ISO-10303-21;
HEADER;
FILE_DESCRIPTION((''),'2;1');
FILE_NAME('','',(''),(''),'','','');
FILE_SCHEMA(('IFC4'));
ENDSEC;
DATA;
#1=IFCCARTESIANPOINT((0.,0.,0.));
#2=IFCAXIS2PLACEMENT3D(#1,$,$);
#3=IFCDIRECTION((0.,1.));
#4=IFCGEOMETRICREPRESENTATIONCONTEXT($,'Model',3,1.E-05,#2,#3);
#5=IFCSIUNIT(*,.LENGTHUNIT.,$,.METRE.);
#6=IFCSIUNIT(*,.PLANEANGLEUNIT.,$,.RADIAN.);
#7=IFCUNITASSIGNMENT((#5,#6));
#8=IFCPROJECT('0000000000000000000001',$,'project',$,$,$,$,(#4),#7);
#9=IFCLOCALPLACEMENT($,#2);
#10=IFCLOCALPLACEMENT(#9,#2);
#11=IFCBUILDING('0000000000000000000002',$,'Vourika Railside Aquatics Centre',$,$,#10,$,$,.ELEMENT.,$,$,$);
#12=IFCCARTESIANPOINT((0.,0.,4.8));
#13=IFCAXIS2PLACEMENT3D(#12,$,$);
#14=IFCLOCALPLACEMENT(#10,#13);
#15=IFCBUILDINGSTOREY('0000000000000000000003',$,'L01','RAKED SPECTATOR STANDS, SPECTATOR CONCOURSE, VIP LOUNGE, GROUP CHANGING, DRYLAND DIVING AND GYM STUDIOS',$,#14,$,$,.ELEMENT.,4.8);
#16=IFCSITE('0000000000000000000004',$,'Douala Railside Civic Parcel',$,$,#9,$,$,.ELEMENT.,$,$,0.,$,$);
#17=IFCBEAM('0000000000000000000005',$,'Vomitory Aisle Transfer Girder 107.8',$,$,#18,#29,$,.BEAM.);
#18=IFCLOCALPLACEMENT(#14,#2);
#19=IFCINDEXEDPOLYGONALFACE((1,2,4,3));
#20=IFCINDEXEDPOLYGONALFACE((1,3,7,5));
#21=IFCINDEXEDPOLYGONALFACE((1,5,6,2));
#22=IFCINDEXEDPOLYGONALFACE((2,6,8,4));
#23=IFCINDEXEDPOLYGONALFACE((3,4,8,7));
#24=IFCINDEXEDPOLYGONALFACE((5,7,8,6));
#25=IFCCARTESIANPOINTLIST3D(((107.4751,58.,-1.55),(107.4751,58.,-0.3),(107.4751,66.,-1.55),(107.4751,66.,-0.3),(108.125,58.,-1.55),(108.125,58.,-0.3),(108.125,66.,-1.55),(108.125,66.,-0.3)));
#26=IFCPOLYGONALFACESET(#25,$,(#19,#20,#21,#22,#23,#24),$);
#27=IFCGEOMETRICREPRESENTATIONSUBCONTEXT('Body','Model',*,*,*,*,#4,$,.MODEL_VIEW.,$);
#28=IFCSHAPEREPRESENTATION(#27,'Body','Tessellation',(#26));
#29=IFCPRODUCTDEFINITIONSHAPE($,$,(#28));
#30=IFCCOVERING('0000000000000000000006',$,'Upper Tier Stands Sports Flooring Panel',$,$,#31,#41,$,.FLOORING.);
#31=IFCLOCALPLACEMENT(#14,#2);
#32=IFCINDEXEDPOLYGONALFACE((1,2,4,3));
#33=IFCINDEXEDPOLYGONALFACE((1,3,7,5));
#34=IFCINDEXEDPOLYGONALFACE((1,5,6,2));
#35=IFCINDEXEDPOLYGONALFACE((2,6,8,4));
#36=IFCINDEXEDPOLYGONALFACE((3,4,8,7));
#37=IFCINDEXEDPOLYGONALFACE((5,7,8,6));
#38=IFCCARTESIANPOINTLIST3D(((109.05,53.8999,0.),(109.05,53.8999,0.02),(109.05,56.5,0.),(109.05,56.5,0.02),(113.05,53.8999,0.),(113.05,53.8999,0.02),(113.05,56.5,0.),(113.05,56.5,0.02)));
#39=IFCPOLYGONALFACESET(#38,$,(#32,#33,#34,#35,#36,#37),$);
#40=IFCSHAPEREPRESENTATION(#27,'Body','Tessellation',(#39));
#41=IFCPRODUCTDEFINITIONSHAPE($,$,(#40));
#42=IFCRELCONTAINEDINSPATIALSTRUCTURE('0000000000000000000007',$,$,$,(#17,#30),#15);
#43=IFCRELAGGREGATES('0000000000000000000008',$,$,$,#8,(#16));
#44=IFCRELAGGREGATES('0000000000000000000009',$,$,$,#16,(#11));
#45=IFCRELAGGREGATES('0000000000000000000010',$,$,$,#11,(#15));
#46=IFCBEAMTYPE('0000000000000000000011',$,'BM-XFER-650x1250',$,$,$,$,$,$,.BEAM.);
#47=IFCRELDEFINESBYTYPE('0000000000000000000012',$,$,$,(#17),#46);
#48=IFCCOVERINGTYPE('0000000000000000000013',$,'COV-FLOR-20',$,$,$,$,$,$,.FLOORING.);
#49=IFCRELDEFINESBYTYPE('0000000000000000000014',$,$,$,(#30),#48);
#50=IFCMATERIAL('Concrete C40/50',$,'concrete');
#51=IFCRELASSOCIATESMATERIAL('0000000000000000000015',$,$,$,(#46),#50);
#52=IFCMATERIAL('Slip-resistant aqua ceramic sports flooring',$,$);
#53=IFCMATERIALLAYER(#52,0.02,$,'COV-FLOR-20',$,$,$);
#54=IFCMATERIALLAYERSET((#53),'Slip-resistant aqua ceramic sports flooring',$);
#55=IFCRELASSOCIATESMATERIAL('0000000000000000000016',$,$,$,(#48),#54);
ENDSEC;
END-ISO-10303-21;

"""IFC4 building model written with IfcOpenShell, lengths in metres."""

from ifc_helpers import new_model, si_unit, direction, frame, origin, origin_2d, place, context, subcontext, project, spatial, rectangle, extrude, material, layer, layer_set, material_profile, profile_set, type_object, element, save


model = new_model("IFC4")

# Units and contexts
model_context = context("Model", 3, precision=1e-05, world=origin(), true_north=direction((0.0, 1.0)))
body_context = subcontext(model_context, "Body", "Model", "MODEL_VIEW")
ifc_project = project(units=[si_unit("LENGTHUNIT", "METRE"), si_unit("PLANEANGLEUNIT", "RADIAN")], contexts=[model_context])

# Site, building, storey
site_placement = place(None, origin())
site = spatial("IfcSite", under=ifc_project, at=site_placement, Name="Douala Railside Civic Parcel", CompositionType="ELEMENT", RefElevation=0.0)
building_placement = place(site_placement, origin())
building = spatial("IfcBuilding", under=site, at=building_placement, Name="Vourika Railside Aquatics Centre", CompositionType="ELEMENT")
storey_placement = place(building_placement, frame((0.0, 0.0, 4.8)))
storey = spatial("IfcBuildingStorey", under=building, at=storey_placement, Name="L01", Description="RAKED SPECTATOR STANDS, SPECTATOR CONCOURSE, VIP LOUNGE, GROUP CHANGING, DRYLAND DIVING AND GYM STUDIOS", CompositionType="ELEMENT", Elevation=4.8)

# Shared definitions
ifc_material_1 = material(Name="Concrete C40/50", Category="concrete")

# Beam
ifc_material_profile_1 = material_profile(ifc_material_1, rectangle(XDim=0.6499, YDim=1.25, at=origin_2d()), Name="RC 650x1250")
ifc_profile_set_1 = profile_set([ifc_material_profile_1], Name="Concrete C40/50")
beam_type_1 = type_object("IfcBeamType", Name="BM-XFER-650x1250", PredefinedType="BEAM", material=ifc_profile_set_1)
for number, where, z_axis, x_axis, name in (
    (1, (107.8, 58.0, -0.925), (0.0, 1.0, 0.0), (-1.0, 0.0, 0.0), "Vomitory Aisle Transfer Girder 107.8"),
):
    element("IfcBeam", number, at=place(storey_placement, frame(where, z_axis=z_axis, x_axis=x_axis)), inside=storey, type_object=beam_type_1, Name=name, PredefinedType="BEAM", context=body_context, shape_type="SweptSolid", body=[
        extrude(rectangle(XDim=0.6499, YDim=1.25, at=origin_2d()), origin(), (0.0, 0.0, 1.0), 8.0),
    ])

# Covering
ifc_material_2 = material(Name="Slip-resistant aqua ceramic sports flooring")
ifc_layer = layer(ifc_material_2, 0.02, Name="COV-FLOR-20")
ifc_layer_set = layer_set([ifc_layer], Name="Slip-resistant aqua ceramic sports flooring")
covering_type = type_object("IfcCoveringType", Name="COV-FLOR-20", PredefinedType="FLOORING", material=ifc_layer_set)
covering_placement = place(storey_placement, frame((111.05, 55.2, 0.0), z_axis=(0.0, 0.0, 1.0), x_axis=(1.0, 0.0, 0.0)))
element("IfcCovering", 2, at=covering_placement, inside=storey, type_object=covering_type, Name="Upper Tier Stands Sports Flooring Panel", PredefinedType="FLOORING", context=body_context, shape_type="SweptSolid", body=[
    extrude(rectangle(XDim=4.0, YDim=2.6001, at=origin_2d()), origin(), (0.0, 0.0, 1.0), 0.02),
])

save(model, "model.ifc")
